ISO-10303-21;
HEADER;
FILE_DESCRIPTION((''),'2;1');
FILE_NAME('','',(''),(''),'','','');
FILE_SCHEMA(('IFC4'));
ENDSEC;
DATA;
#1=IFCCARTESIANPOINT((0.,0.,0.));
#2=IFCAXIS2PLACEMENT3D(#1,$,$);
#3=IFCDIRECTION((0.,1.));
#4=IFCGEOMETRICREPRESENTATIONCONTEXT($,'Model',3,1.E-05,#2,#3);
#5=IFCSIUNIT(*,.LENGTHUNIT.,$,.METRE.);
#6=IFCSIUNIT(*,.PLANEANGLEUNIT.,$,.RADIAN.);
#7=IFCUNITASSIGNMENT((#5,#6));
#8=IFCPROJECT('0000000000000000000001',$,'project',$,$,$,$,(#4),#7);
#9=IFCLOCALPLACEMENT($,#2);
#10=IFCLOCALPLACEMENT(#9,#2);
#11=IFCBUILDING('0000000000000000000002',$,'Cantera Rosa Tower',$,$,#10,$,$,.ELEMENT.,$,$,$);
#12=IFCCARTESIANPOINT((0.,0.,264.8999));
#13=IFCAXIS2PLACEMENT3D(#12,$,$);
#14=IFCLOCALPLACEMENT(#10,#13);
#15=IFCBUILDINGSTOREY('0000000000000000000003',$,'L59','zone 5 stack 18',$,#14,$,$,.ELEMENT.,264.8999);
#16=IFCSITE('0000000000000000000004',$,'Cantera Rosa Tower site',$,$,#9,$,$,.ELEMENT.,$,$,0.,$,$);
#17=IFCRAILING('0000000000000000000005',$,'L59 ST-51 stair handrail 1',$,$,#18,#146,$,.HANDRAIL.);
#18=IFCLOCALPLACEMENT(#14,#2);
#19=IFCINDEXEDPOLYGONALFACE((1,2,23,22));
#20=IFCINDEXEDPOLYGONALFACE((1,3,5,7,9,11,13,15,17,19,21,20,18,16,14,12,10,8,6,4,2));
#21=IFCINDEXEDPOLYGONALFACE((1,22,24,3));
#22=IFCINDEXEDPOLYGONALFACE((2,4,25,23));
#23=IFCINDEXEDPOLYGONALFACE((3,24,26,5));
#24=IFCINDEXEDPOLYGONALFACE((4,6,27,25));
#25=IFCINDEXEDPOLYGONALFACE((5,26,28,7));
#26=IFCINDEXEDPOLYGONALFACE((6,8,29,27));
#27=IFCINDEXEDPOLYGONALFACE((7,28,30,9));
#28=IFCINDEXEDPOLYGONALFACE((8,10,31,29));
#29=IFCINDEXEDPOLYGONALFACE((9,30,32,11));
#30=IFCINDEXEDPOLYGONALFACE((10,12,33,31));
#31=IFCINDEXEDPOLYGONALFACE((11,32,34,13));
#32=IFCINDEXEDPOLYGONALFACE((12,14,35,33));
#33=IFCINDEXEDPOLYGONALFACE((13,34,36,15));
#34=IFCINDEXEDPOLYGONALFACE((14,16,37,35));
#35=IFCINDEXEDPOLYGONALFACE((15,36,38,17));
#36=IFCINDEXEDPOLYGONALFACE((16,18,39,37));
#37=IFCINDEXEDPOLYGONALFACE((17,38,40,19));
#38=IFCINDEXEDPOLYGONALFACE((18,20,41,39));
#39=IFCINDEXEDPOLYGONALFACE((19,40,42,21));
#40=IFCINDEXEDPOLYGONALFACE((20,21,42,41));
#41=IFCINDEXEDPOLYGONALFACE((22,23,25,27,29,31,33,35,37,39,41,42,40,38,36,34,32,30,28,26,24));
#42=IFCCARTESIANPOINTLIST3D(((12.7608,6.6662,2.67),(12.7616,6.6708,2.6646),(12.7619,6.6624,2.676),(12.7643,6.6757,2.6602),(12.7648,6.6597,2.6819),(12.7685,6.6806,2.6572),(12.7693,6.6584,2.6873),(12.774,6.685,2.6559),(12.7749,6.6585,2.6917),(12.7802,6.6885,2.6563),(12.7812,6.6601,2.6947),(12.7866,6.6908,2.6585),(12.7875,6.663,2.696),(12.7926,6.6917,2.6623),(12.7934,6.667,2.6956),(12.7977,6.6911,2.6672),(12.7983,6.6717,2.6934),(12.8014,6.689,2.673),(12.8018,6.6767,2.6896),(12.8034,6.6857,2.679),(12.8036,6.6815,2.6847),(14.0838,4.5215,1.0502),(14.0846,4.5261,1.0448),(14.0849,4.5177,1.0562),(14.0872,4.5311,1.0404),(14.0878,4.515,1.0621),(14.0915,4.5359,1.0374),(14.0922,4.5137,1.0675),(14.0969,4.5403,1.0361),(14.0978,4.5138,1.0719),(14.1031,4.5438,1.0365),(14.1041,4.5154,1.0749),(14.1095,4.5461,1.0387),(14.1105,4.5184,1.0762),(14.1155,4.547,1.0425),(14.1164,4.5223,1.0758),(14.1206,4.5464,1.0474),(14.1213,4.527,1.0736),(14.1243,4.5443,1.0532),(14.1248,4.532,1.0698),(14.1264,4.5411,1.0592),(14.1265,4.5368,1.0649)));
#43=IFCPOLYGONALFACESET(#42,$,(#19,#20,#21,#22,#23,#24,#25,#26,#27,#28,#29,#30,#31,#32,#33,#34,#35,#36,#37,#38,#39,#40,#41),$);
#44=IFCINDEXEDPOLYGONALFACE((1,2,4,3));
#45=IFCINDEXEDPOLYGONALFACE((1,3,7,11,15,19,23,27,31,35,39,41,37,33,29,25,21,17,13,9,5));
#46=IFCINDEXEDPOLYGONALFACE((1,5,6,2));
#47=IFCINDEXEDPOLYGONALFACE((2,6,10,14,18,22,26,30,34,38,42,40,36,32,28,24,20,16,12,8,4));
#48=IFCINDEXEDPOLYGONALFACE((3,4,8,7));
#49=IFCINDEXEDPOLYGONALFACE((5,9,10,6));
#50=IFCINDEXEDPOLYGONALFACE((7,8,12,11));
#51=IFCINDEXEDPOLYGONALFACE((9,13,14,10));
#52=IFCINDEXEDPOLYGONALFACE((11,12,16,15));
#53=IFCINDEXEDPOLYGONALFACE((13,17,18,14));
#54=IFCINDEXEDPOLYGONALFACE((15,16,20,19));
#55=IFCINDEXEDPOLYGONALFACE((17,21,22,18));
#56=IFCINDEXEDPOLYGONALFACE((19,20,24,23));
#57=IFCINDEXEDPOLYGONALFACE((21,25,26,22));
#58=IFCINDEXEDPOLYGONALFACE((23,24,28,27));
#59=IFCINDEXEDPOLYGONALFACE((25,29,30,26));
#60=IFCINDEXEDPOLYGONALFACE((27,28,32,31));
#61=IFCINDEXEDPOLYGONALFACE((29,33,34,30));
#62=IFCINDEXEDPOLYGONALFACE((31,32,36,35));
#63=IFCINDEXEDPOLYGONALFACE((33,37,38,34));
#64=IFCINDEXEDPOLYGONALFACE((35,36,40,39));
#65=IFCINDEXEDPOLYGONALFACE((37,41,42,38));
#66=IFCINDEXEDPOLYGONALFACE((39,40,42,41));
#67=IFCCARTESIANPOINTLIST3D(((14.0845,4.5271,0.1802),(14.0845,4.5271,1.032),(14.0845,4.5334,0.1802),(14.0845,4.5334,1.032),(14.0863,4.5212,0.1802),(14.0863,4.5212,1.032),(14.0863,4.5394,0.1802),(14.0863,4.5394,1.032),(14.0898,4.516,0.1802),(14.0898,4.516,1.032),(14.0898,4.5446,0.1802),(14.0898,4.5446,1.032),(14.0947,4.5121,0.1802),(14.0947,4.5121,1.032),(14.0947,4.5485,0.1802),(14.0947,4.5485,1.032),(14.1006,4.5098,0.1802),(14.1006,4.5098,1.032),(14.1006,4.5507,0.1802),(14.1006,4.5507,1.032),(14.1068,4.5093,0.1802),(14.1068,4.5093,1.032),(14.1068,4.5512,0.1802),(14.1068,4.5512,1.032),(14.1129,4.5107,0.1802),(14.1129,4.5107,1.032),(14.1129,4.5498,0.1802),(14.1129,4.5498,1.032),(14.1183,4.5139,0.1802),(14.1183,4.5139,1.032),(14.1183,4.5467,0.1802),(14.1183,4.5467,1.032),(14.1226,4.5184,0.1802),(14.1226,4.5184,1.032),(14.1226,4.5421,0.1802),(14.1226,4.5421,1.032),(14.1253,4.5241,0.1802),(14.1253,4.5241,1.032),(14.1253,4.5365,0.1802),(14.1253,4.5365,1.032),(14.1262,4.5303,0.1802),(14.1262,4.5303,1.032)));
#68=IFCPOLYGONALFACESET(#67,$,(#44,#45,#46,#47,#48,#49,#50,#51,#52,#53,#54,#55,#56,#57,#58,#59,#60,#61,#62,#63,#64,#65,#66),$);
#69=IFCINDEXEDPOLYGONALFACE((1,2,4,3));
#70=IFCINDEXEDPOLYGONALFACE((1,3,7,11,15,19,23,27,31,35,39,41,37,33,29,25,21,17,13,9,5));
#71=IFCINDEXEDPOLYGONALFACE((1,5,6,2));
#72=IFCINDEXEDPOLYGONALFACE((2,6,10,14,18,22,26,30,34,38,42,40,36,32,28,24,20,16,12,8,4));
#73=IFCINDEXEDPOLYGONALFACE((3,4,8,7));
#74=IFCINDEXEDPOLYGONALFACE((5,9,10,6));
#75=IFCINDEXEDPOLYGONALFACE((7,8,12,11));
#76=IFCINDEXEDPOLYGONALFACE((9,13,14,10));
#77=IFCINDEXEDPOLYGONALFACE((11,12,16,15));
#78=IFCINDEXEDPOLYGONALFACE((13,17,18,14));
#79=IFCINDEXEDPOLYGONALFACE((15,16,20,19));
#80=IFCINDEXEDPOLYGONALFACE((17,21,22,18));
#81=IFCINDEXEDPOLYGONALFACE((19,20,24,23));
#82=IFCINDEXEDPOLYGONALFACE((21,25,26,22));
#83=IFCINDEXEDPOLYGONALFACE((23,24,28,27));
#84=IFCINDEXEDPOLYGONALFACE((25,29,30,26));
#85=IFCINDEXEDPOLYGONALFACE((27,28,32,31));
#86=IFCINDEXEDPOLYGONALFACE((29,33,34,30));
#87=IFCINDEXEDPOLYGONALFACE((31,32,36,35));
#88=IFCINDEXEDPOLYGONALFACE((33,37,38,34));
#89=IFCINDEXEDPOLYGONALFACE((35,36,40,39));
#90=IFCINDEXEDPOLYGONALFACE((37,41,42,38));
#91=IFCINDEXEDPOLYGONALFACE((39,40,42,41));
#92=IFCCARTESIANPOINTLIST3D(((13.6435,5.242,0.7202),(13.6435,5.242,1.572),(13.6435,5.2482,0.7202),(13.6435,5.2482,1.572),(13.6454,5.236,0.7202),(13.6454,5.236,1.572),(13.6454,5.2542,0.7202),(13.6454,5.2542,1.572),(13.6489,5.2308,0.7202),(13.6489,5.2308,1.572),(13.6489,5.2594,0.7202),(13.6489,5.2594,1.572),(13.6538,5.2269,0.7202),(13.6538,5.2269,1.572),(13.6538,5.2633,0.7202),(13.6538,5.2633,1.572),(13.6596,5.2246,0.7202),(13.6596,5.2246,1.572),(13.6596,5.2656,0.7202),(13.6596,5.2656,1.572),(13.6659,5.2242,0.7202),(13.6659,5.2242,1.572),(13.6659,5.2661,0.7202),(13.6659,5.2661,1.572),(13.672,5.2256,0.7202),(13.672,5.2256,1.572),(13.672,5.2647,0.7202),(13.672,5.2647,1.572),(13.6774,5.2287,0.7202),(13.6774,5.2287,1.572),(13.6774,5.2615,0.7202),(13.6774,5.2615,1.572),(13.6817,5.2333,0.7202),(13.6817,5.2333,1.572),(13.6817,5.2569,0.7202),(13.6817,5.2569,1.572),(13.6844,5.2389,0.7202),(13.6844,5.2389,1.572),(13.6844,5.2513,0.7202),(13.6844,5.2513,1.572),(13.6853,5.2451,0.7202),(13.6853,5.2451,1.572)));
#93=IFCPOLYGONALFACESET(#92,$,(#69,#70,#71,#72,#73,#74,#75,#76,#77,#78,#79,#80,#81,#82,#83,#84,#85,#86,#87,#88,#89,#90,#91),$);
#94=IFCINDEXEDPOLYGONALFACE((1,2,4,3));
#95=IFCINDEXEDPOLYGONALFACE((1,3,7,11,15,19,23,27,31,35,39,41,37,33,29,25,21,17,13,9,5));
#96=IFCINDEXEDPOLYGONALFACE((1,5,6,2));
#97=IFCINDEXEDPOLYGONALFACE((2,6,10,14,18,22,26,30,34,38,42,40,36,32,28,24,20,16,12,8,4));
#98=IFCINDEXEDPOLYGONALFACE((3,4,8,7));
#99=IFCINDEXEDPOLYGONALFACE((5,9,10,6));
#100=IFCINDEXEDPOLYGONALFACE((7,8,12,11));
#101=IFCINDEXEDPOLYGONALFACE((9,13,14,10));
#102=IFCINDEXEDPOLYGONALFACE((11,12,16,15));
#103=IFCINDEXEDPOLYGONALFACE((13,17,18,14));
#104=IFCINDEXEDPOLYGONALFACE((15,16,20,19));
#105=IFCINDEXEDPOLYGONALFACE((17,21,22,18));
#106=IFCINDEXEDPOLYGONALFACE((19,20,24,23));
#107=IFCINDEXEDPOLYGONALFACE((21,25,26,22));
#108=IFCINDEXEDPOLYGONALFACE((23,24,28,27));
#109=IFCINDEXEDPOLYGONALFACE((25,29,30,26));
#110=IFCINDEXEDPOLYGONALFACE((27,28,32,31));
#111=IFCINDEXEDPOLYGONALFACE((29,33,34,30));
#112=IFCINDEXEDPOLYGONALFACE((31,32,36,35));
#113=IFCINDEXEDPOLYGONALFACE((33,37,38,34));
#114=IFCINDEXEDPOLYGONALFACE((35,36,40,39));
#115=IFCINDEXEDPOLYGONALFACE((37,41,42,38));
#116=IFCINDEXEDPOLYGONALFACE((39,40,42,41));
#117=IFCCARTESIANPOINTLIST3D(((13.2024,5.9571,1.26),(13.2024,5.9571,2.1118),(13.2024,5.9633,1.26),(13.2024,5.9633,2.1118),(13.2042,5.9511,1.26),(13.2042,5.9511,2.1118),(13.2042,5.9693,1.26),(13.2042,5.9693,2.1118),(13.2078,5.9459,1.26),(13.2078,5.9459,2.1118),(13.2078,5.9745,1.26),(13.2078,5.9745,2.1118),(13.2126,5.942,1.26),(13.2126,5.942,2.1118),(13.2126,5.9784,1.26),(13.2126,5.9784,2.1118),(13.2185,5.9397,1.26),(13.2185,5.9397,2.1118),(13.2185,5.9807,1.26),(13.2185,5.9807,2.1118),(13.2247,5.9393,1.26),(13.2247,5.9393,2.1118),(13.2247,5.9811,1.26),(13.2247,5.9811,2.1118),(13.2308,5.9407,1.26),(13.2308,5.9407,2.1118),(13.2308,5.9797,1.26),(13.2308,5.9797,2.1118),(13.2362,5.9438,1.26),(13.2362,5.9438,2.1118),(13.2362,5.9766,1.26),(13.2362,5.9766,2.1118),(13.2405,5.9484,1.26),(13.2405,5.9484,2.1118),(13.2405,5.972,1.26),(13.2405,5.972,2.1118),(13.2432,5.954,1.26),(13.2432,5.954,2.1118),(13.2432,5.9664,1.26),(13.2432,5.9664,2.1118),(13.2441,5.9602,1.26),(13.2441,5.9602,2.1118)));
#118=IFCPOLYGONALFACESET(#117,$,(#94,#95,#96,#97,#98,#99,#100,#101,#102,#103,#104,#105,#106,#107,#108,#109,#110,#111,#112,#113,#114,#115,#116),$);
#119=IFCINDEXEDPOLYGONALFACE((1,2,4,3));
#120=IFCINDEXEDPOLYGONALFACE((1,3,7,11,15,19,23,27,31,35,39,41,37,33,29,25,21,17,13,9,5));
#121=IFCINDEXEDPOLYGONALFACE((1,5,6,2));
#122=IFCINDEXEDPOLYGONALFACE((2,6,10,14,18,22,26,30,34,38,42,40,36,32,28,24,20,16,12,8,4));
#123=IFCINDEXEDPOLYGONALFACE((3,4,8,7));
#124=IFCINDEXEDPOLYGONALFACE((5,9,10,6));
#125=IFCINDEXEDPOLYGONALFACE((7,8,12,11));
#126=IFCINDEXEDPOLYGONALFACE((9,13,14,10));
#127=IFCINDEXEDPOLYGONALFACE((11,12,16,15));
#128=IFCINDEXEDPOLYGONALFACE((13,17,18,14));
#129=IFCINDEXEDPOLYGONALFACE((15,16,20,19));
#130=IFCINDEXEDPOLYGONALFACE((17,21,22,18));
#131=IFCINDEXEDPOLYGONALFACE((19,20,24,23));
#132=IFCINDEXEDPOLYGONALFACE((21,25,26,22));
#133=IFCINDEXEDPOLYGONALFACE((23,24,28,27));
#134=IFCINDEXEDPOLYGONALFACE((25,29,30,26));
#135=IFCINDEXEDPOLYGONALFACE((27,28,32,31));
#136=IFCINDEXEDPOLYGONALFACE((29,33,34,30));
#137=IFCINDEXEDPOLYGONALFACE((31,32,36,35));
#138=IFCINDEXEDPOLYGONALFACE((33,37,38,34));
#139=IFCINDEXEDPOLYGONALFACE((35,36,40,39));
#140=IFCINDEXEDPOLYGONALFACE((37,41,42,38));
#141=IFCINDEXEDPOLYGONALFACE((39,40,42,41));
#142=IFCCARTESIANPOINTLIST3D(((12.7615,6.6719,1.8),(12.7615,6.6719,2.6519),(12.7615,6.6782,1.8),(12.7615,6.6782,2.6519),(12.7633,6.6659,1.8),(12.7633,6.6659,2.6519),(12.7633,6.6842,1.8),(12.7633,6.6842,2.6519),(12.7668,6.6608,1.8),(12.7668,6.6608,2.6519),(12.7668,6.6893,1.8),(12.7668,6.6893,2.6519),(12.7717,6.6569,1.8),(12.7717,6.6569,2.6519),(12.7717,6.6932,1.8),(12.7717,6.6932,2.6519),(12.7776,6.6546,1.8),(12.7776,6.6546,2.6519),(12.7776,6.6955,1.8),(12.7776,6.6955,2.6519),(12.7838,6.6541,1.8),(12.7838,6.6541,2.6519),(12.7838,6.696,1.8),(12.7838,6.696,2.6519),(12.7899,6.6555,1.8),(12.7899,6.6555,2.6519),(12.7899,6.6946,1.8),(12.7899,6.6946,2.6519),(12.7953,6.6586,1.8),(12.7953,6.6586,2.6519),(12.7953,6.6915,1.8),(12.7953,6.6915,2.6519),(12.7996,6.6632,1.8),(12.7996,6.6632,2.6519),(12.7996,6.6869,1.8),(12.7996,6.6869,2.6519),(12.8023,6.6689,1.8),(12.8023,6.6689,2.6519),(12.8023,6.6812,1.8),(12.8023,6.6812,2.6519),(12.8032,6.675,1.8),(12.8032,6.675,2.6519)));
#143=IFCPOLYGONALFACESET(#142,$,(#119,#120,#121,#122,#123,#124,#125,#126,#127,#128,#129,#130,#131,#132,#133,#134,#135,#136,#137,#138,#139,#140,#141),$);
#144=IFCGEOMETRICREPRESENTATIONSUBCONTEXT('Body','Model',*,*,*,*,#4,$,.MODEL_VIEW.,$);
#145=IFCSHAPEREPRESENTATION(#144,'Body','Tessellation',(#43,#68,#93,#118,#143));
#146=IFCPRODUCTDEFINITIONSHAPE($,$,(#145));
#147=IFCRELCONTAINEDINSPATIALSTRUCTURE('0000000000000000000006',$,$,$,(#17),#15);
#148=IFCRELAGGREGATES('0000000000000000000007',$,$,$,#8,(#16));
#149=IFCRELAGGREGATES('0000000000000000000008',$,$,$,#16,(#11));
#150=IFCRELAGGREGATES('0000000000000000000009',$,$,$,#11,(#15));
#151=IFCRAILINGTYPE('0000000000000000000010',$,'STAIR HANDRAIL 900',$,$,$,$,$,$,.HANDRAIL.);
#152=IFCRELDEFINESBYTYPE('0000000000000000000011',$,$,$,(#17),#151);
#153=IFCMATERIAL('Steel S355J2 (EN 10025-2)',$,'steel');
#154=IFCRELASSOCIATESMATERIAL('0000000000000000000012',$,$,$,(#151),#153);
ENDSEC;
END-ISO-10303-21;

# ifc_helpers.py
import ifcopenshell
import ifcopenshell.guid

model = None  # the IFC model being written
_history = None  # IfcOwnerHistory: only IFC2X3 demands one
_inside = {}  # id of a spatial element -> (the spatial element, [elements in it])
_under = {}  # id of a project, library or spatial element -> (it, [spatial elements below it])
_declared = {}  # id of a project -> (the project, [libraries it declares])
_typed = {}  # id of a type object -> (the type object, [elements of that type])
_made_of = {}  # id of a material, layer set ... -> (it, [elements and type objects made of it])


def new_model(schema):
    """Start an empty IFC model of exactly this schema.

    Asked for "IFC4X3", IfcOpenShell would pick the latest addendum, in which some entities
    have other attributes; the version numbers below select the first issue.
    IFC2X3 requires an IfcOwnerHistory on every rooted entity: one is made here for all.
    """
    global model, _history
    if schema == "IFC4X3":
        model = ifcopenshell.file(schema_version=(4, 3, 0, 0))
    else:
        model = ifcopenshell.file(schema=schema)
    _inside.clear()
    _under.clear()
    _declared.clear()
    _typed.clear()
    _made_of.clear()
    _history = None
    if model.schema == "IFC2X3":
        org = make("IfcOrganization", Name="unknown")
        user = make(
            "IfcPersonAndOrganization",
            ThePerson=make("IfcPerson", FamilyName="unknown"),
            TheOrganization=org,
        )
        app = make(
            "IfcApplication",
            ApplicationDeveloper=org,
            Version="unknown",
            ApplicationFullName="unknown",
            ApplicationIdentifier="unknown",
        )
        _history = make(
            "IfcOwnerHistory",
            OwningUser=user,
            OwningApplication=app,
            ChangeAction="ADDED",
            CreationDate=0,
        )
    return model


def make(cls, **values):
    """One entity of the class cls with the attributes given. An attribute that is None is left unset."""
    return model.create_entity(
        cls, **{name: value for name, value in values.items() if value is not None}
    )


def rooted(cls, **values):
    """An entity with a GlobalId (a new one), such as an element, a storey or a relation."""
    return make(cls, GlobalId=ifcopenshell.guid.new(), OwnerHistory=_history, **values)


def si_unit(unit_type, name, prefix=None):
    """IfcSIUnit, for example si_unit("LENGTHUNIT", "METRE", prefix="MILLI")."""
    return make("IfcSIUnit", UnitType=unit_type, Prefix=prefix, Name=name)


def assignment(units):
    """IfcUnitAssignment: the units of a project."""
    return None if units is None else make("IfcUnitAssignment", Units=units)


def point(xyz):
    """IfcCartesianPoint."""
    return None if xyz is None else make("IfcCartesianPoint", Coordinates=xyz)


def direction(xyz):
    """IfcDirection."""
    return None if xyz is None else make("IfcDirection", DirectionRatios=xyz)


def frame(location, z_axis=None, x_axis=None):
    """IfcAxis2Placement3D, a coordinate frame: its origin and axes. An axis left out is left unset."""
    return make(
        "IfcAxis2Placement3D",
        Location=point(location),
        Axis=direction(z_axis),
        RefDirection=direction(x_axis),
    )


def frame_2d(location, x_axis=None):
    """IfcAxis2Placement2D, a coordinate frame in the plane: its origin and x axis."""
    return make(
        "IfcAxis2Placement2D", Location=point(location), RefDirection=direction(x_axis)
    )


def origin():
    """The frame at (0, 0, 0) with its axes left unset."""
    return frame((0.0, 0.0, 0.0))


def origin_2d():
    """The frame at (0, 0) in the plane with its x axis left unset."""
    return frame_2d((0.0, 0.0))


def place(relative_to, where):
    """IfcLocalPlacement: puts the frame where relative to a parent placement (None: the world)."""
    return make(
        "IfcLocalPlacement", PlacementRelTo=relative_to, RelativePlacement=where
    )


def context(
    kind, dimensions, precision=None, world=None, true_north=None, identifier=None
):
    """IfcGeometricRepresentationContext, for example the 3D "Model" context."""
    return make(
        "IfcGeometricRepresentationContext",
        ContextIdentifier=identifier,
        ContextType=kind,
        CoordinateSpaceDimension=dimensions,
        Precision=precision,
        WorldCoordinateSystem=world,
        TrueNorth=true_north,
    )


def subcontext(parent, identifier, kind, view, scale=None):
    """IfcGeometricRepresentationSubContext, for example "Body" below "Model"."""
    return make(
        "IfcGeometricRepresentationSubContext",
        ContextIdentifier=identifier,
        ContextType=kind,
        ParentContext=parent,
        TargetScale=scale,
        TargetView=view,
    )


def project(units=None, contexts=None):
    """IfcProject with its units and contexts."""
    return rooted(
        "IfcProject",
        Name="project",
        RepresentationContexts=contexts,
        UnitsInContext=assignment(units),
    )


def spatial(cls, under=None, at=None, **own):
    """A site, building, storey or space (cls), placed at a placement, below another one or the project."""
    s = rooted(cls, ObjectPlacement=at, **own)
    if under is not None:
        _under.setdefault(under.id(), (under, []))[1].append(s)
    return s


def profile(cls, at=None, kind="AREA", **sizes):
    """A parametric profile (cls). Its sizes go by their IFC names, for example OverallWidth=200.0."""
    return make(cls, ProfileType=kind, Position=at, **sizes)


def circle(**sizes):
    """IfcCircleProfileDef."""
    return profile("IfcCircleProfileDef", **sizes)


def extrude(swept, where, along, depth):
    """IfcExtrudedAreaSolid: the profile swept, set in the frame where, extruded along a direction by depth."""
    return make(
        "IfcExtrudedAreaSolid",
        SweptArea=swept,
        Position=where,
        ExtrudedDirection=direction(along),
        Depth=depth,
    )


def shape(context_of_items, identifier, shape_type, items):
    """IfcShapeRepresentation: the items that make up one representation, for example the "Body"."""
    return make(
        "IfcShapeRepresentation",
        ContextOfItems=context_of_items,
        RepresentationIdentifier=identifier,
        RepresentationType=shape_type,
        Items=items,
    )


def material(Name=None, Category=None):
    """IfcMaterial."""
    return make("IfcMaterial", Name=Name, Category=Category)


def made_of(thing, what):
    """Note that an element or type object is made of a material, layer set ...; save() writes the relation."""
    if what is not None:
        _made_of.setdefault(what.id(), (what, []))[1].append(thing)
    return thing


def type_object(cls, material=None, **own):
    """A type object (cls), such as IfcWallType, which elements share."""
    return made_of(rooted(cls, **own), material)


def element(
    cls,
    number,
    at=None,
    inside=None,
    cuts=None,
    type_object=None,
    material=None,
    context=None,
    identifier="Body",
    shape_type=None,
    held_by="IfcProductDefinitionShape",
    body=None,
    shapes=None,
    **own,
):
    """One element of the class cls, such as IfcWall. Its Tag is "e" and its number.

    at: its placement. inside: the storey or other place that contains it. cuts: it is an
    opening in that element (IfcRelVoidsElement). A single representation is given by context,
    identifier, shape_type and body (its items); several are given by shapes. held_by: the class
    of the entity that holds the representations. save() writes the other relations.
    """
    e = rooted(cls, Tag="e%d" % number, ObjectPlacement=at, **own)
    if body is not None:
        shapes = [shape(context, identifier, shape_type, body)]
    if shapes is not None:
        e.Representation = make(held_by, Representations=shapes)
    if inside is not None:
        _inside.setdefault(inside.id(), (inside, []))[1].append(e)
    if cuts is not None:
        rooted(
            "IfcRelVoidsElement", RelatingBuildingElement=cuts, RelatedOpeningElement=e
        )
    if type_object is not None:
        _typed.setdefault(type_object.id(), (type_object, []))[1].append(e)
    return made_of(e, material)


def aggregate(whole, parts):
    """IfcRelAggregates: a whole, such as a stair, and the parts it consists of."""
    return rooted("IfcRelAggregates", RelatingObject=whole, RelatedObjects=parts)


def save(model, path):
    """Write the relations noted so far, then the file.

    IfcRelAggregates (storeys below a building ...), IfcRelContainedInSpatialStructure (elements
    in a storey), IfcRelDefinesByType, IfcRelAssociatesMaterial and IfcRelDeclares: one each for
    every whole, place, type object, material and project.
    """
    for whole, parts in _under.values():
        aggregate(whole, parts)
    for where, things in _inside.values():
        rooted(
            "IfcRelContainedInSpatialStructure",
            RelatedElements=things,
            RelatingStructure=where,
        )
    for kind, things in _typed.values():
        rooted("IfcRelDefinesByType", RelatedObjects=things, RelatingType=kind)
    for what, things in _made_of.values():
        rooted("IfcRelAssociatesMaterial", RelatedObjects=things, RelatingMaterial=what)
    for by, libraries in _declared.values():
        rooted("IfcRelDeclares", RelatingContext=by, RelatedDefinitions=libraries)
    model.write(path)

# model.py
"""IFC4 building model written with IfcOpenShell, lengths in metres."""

from ifc_helpers import new_model, si_unit, direction, frame, origin, origin_2d, place, context, subcontext, project, spatial, circle, extrude, material, type_object, element, save


model = new_model("IFC4")

# Units and contexts
model_context = context("Model", 3, precision=1e-05, world=origin(), true_north=direction((0.0, 1.0)))
body_context = subcontext(model_context, "Body", "Model", "MODEL_VIEW")
ifc_project = project(units=[si_unit("LENGTHUNIT", "METRE"), si_unit("PLANEANGLEUNIT", "RADIAN")], contexts=[model_context])

# Site, building, storey
site_placement = place(None, origin())
site = spatial("IfcSite", under=ifc_project, at=site_placement, Name="Cantera Rosa Tower site", CompositionType="ELEMENT", RefElevation=0.0)
building_placement = place(site_placement, origin())
building = spatial("IfcBuilding", under=site, at=building_placement, Name="Cantera Rosa Tower", CompositionType="ELEMENT")
storey_placement = place(building_placement, frame((0.0, 0.0, 264.8999)))
storey = spatial("IfcBuildingStorey", under=building, at=storey_placement, Name="L59", Description="zone 5 stack 18", CompositionType="ELEMENT", Elevation=264.8999)

# Railing
ifc_material_1 = material(Name="Steel S355J2 (EN 10025-2)", Category="steel")
railing_type_1 = type_object("IfcRailingType", Name="STAIR HANDRAIL 900", PredefinedType="HANDRAIL", material=ifc_material_1)
railing_1_placement = place(storey_placement, frame((14.1052, 4.5303, 0.1802)))
element("IfcRailing", 1, at=railing_1_placement, inside=storey, type_object=railing_type_1, Name="L59 ST-51 stair handrail 1", PredefinedType="HANDRAIL", context=body_context, shape_type="SweptSolid", body=[
    extrude(circle(Radius=0.0239, at=origin_2d()), frame((0.0, 0.0, 0.876), z_axis=(-0.441629, 0.715945, 0.540728), x_axis=(-0.851102, -0.525, 0.0)), (0.0, 0.0, 1.0), 2.9956),
    extrude(circle(Radius=0.021, at=origin_2d()), origin(), (0.0, 0.0, 1.0), 0.8518),
    extrude(circle(Radius=0.021, at=origin_2d()), frame((-0.4409, 0.7148, 0.54)), (0.0, 0.0, 1.0), 0.8518),
    extrude(circle(Radius=0.021, at=origin_2d()), frame((-0.8821, 1.4299, 1.0798)), (0.0, 0.0, 1.0), 0.8518),
    extrude(circle(Radius=0.021, at=origin_2d()), frame((-1.323, 2.1448, 1.6199)), (0.0, 0.0, 1.0), 0.8518),
])

save(model, "model.ifc")
